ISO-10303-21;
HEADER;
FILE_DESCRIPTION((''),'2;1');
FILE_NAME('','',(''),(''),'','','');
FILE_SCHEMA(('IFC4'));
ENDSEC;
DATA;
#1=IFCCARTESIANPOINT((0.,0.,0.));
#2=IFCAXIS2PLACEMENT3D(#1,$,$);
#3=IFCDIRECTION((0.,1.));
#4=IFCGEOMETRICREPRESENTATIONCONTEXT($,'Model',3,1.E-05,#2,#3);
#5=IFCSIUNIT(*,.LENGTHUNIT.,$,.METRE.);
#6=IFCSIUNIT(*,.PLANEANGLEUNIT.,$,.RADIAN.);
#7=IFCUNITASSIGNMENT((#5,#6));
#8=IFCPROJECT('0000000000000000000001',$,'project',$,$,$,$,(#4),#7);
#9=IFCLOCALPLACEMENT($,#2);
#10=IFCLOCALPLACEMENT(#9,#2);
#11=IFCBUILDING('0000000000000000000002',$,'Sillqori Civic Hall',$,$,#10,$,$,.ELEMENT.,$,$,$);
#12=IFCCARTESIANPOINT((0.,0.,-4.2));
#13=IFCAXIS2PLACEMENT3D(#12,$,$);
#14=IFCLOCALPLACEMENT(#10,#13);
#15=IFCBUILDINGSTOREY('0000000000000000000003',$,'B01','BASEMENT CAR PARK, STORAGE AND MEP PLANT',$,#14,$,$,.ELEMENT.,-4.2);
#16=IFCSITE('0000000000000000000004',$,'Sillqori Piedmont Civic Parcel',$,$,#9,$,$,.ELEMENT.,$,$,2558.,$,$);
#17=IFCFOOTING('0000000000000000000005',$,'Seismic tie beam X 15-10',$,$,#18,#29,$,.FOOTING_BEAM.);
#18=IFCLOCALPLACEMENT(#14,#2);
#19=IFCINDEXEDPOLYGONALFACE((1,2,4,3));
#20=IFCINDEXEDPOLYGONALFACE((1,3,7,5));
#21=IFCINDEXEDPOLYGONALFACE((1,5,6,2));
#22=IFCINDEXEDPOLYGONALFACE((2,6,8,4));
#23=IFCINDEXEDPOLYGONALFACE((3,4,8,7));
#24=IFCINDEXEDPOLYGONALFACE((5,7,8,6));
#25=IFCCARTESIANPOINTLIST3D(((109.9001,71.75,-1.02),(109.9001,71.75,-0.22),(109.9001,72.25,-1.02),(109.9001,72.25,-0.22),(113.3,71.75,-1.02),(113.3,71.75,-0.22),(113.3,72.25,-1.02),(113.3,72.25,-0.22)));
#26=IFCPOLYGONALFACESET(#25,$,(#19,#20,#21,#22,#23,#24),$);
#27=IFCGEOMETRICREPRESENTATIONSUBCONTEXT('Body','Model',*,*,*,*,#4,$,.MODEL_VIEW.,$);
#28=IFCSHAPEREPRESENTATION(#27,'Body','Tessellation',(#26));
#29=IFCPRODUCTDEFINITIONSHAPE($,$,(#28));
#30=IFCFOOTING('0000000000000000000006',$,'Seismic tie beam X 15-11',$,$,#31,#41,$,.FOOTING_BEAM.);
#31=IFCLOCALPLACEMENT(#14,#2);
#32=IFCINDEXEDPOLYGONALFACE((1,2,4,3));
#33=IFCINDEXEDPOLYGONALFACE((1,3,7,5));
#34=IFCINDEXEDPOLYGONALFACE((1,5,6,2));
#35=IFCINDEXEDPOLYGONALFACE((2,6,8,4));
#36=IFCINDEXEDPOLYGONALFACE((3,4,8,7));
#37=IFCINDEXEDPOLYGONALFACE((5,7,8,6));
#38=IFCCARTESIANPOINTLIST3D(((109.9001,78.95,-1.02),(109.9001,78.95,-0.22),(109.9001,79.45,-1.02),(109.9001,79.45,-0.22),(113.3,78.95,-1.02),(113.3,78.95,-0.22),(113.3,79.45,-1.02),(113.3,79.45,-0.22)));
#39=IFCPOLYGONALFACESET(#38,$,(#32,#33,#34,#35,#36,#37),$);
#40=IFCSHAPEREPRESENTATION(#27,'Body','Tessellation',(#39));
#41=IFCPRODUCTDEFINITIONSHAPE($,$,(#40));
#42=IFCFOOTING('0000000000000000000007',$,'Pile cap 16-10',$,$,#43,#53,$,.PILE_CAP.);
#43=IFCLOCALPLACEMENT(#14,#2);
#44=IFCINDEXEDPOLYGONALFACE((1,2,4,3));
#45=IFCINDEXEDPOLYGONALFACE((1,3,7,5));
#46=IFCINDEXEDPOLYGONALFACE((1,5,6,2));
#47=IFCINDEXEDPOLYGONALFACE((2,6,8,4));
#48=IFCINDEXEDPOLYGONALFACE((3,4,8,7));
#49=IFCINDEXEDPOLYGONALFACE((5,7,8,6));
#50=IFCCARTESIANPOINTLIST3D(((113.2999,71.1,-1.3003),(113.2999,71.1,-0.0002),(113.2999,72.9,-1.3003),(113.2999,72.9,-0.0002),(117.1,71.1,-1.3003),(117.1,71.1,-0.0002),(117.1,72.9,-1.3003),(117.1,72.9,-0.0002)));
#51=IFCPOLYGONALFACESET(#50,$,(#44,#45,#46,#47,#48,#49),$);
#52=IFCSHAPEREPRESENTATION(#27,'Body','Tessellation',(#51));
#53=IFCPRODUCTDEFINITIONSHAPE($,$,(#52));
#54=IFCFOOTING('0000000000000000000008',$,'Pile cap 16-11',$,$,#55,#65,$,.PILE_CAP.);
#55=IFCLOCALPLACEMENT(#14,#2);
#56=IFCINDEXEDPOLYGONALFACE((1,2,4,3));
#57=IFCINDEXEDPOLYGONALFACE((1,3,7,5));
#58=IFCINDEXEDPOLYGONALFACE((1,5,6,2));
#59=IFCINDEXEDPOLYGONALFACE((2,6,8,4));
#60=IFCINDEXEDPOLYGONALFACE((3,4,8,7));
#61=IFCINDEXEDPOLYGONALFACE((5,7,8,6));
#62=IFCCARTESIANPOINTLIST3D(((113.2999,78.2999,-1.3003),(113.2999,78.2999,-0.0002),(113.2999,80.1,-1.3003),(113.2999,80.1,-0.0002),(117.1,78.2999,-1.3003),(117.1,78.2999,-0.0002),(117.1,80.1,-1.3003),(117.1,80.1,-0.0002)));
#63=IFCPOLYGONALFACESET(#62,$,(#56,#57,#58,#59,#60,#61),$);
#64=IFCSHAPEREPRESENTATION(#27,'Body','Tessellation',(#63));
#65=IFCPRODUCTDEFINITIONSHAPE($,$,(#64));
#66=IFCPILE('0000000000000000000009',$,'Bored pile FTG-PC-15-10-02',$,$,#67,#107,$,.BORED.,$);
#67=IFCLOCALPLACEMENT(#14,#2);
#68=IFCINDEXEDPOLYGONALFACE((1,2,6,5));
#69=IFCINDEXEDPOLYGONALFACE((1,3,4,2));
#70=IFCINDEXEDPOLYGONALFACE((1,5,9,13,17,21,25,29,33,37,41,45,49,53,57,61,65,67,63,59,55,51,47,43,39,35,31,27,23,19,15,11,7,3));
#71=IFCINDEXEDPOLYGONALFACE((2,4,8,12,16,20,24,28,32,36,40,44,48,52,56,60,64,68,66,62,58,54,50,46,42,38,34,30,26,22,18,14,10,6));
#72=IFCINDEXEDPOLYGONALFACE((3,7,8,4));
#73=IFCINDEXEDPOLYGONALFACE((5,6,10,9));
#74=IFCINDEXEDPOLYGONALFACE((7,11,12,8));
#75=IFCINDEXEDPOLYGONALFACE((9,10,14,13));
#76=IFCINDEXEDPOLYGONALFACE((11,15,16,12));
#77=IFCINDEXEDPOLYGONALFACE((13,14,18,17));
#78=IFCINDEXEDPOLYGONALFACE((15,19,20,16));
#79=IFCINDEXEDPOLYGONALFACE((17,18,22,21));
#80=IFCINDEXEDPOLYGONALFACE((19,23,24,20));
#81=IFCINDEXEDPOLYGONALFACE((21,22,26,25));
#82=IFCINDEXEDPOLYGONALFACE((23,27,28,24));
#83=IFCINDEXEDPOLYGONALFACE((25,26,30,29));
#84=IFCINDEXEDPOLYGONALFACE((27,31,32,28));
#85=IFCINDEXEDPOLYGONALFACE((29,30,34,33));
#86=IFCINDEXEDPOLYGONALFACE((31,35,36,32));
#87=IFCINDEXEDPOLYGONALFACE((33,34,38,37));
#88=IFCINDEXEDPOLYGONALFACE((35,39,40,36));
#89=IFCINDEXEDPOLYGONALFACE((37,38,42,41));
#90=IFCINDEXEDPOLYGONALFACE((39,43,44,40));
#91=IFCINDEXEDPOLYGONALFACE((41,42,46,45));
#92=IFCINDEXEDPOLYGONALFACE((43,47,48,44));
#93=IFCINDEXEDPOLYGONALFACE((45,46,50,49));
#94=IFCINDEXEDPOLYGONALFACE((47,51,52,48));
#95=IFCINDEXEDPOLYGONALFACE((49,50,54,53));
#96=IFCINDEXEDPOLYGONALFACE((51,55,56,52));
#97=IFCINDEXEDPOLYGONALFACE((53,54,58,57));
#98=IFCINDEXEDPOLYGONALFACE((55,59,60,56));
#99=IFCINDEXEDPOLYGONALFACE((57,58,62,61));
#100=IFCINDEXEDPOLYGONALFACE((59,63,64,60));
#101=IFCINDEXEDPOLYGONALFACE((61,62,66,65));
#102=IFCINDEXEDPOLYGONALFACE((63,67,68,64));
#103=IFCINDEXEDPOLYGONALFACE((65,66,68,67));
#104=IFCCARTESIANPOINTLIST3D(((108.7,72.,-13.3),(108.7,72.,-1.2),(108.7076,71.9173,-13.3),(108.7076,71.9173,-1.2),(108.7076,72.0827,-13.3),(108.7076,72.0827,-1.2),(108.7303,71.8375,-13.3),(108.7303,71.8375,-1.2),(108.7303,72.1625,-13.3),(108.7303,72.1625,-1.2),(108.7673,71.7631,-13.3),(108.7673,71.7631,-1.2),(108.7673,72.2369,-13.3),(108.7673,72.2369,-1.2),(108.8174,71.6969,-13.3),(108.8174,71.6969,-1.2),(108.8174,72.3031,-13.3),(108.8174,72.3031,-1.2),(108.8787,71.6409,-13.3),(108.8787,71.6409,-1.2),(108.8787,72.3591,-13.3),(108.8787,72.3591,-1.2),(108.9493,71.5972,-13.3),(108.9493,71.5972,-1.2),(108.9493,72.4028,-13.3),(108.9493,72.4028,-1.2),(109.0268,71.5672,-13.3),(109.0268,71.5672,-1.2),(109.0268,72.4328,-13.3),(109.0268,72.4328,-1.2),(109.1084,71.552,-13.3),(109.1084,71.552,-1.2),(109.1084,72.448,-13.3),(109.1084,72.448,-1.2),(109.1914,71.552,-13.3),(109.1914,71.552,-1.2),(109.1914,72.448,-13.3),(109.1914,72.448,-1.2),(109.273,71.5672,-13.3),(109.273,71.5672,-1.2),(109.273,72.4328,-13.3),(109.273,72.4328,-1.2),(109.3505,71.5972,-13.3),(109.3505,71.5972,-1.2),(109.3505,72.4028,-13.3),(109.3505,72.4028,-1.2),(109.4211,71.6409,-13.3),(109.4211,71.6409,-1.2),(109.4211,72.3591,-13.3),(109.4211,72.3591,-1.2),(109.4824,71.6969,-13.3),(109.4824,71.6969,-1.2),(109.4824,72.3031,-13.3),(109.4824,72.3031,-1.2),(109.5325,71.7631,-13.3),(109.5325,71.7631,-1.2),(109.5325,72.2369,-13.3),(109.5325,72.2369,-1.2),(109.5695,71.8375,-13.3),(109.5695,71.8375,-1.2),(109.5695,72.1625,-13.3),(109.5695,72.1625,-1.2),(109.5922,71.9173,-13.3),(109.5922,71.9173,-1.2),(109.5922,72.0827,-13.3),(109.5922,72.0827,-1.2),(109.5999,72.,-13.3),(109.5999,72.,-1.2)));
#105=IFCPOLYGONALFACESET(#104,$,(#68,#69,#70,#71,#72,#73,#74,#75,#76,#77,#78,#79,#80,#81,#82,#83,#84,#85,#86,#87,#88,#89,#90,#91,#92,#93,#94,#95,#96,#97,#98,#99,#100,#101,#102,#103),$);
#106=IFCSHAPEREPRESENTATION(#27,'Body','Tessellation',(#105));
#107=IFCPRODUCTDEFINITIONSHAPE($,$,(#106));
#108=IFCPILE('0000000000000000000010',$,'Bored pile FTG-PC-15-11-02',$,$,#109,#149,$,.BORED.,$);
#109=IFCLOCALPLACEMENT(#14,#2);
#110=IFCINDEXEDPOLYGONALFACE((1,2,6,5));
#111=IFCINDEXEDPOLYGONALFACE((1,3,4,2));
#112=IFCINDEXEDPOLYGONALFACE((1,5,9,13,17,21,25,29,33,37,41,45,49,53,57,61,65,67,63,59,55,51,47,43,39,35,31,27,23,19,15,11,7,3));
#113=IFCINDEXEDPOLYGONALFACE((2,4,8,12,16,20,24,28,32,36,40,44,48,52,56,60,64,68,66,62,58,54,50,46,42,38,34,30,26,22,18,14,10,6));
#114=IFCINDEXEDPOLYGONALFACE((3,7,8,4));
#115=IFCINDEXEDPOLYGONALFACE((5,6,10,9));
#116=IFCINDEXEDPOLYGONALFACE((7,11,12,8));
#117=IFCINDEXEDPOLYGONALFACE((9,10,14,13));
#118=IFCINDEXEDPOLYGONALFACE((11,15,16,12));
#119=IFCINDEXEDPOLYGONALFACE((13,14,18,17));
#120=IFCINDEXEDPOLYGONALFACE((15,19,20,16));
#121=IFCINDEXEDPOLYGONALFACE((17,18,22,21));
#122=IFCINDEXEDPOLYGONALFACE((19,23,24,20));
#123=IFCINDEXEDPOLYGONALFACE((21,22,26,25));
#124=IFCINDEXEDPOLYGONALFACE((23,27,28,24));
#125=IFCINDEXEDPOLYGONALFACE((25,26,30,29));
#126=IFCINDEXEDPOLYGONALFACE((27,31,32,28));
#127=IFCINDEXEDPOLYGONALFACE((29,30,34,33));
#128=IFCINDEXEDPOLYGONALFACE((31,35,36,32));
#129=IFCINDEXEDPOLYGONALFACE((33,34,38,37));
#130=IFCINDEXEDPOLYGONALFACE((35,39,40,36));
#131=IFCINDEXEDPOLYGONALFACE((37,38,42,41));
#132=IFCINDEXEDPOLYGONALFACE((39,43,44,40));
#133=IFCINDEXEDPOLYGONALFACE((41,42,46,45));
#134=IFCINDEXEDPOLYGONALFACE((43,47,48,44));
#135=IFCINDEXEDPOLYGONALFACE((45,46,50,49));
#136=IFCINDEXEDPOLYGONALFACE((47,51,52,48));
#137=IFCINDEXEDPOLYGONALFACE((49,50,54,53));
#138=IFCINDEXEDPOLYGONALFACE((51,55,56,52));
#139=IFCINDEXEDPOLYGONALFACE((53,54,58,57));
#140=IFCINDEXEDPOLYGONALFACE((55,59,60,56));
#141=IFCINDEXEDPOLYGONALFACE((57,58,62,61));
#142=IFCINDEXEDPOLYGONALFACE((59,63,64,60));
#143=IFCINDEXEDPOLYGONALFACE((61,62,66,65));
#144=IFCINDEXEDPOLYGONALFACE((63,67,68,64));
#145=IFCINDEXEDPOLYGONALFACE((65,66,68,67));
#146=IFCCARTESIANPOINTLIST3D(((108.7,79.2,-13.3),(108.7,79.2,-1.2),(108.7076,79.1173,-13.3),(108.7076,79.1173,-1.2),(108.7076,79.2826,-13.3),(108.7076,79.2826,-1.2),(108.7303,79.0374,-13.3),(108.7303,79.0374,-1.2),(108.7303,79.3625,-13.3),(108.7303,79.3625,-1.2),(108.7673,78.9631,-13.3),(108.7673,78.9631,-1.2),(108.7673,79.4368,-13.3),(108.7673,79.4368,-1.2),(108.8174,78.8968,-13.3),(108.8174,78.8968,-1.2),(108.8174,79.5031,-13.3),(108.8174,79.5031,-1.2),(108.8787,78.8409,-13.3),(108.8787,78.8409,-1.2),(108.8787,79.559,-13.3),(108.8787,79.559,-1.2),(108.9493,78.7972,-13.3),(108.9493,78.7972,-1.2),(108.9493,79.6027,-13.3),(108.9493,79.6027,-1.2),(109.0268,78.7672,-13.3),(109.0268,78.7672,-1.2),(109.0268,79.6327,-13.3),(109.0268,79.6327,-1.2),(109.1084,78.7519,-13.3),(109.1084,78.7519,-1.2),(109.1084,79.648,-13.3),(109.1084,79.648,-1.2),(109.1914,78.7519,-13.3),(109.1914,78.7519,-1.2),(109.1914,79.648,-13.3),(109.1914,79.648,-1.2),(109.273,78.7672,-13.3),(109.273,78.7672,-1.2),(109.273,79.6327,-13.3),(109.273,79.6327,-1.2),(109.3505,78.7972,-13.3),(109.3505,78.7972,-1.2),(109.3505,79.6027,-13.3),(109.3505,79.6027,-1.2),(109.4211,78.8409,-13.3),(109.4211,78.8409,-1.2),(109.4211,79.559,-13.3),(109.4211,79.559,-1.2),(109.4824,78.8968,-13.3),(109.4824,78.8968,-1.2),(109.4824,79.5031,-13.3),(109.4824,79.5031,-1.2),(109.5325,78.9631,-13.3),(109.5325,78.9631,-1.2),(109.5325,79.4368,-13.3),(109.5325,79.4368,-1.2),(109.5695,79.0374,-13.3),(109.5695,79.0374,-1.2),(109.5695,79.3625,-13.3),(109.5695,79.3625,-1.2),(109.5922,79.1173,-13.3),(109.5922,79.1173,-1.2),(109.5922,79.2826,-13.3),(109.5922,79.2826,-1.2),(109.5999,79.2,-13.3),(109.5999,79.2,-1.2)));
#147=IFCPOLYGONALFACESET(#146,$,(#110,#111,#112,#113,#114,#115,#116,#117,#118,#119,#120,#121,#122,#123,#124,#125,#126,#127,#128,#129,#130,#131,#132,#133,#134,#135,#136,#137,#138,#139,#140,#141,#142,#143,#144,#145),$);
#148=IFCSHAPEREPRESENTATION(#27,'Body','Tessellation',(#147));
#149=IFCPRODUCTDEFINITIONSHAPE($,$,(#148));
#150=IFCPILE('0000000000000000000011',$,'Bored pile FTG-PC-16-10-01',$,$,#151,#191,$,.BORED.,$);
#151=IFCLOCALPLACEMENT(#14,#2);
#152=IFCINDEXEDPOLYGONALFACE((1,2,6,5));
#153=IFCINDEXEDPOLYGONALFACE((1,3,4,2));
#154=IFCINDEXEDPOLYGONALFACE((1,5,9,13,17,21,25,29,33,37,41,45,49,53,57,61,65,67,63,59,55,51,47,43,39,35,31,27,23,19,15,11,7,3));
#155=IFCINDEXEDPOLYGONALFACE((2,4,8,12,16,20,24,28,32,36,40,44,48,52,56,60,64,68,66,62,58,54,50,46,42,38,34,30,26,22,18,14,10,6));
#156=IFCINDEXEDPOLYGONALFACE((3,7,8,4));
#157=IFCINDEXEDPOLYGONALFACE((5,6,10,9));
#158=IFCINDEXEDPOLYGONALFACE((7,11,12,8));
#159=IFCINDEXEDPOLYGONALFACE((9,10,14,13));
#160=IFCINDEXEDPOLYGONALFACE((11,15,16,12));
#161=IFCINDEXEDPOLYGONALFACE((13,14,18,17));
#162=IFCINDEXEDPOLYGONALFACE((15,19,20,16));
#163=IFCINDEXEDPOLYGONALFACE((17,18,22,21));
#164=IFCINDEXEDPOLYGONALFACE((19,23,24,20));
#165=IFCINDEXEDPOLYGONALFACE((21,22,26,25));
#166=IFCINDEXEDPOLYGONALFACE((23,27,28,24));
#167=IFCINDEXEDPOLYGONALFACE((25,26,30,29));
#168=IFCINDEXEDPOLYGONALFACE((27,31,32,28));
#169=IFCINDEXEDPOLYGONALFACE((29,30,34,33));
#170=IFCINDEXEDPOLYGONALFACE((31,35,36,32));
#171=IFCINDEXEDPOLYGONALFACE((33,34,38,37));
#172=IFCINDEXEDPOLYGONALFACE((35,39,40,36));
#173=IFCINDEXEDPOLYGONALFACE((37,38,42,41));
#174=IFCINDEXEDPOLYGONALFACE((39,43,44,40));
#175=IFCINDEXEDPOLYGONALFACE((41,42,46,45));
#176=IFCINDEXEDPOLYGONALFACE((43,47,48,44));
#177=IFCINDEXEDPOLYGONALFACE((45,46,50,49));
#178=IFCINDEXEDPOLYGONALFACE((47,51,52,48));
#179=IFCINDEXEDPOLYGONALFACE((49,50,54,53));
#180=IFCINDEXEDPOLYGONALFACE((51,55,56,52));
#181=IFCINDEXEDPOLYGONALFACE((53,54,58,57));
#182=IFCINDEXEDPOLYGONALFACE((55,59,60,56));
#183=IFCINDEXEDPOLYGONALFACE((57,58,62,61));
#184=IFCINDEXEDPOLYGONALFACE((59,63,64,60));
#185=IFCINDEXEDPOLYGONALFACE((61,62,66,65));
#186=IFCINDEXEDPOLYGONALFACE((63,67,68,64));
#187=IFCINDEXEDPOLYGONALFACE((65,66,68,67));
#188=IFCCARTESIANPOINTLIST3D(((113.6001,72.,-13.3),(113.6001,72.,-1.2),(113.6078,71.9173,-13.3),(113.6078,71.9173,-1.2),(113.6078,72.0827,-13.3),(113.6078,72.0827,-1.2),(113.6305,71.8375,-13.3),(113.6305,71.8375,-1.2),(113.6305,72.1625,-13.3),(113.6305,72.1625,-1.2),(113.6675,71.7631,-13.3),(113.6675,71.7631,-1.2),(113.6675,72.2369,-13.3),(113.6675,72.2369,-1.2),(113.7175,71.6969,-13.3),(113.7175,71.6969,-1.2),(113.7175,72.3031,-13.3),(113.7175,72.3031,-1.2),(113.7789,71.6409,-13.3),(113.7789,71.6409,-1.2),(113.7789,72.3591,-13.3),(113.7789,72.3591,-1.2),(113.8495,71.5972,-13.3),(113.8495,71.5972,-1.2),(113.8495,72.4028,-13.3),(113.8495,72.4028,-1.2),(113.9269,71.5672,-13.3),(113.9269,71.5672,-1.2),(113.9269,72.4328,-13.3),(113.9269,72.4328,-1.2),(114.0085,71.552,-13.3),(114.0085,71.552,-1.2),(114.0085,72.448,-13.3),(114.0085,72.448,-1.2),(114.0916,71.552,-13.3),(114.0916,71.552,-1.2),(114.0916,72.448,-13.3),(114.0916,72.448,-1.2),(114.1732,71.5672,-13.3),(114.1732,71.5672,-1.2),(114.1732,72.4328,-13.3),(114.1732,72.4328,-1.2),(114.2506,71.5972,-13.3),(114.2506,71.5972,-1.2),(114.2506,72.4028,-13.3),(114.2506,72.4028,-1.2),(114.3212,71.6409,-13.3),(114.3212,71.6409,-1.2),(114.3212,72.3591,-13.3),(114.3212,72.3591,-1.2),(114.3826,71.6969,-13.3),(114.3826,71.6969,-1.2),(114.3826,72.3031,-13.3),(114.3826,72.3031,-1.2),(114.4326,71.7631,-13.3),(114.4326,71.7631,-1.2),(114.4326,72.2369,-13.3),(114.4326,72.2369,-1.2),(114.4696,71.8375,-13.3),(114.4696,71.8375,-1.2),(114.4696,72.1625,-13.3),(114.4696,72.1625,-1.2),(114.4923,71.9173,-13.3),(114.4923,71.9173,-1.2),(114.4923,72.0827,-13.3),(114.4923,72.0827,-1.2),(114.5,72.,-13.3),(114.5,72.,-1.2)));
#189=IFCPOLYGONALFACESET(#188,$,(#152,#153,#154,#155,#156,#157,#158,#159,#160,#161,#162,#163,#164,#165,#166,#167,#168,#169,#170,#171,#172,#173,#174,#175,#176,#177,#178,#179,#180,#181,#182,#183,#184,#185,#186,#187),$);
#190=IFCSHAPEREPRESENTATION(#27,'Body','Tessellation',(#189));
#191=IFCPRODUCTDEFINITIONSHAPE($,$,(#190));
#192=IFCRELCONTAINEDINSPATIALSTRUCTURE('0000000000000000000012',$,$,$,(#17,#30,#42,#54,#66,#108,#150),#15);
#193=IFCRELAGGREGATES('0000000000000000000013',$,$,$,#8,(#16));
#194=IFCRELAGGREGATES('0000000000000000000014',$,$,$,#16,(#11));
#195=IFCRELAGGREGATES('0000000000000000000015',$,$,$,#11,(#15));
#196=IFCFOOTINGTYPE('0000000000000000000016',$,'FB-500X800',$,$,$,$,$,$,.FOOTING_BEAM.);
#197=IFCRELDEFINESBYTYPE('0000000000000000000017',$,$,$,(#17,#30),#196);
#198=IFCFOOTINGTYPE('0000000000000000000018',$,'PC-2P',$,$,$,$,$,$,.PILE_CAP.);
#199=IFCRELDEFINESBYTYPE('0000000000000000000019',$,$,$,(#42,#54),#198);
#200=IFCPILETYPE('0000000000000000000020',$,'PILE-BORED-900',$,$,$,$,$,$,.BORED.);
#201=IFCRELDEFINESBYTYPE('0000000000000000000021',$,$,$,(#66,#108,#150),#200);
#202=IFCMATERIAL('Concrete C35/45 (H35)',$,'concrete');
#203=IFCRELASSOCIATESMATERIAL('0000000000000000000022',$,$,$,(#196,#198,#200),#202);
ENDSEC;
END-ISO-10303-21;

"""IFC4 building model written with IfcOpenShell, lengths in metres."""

from ifc_helpers import new_model, si_unit, direction, frame, origin, origin_2d, place, context, subcontext, project, spatial, rectangle, circle, extrude, material, material_profile, profile_set, type_object, element, save


model = new_model("IFC4")

# Units and contexts
model_context = context("Model", 3, precision=1e-05, world=origin(), true_north=direction((0.0, 1.0)))
body_context = subcontext(model_context, "Body", "Model", "MODEL_VIEW")
ifc_project = project(units=[si_unit("LENGTHUNIT", "METRE"), si_unit("PLANEANGLEUNIT", "RADIAN")], contexts=[model_context])

# Site, building, storey
site_placement = place(None, origin())
site = spatial("IfcSite", under=ifc_project, at=site_placement, Name="Sillqori Piedmont Civic Parcel", CompositionType="ELEMENT", RefElevation=2558.0)
building_placement = place(site_placement, origin())
building = spatial("IfcBuilding", under=site, at=building_placement, Name="Sillqori Civic Hall", CompositionType="ELEMENT")
storey_placement = place(building_placement, frame((0.0, 0.0, -4.2)))
storey = spatial("IfcBuildingStorey", under=building, at=storey_placement, Name="B01", Description="BASEMENT CAR PARK, STORAGE AND MEP PLANT", CompositionType="ELEMENT", Elevation=-4.2)

# Footings
ifc_material_1 = material(Name="Concrete C35/45 (H35)", Category="concrete")
footing_type_1 = type_object("IfcFootingType", Name="FB-500X800", PredefinedType="FOOTING_BEAM", material=ifc_material_1)
for number, where, z_axis, x_axis, name in (
    (1, (111.6001, 72.0, -1.02), (0.0, 0.0, 1.0), (1.0, 0.0, 0.0), "Seismic tie beam X 15-10"),
    (2, (111.6001, 79.2, -1.02), (0.0, 0.0, 1.0), (1.0, 0.0, 0.0), "Seismic tie beam X 15-11"),
):
    element("IfcFooting", number, at=place(storey_placement, frame(where, z_axis=z_axis, x_axis=x_axis)), inside=storey, type_object=footing_type_1, Name=name, PredefinedType="FOOTING_BEAM", context=body_context, shape_type="SweptSolid", body=[
        extrude(rectangle(XDim=3.3999, YDim=0.5, at=origin_2d()), origin(), (0.0, 0.0, 1.0), 0.8),
    ])
footing_type_2 = type_object("IfcFootingType", Name="PC-2P", PredefinedType="PILE_CAP", material=ifc_material_1)
for number, where, z_axis, x_axis, name in (
    (3, (115.2, 72.0, -1.3003), (0.0, 0.0, 1.0), (1.0, 0.0, 0.0), "Pile cap 16-10"),
    (4, (115.2, 79.2, -1.3003), (0.0, 0.0, 1.0), (1.0, 0.0, 0.0), "Pile cap 16-11"),
):
    element("IfcFooting", number, at=place(storey_placement, frame(where, z_axis=z_axis, x_axis=x_axis)), inside=storey, type_object=footing_type_2, Name=name, PredefinedType="PILE_CAP", context=body_context, shape_type="SweptSolid", body=[
        extrude(rectangle(XDim=3.8, YDim=1.8, at=origin_2d()), origin(), (0.0, 0.0, 1.0), 1.3),
    ])

# Piles
ifc_material_profile_1 = material_profile(ifc_material_1, circle(Radius=0.45, at=origin_2d()), Name="BORED PILE 900")
ifc_profile_set_1 = profile_set([ifc_material_profile_1], Name="Concrete C35/45 (H35)")
pile_type = type_object("IfcPileType", Name="PILE-BORED-900", PredefinedType="BORED", material=ifc_profile_set_1)
for number, where, z_axis, x_axis, name in (
    (5, (109.1499, 72.0, -1.2), (0.0, 0.0, -1.0), (1.0, 0.0, 0.0), "Bored pile FTG-PC-15-10-02"),
    (6, (109.1499, 79.2, -1.2), (0.0, 0.0, -1.0), (1.0, 0.0, 0.0), "Bored pile FTG-PC-15-11-02"),
    (7, (114.05, 72.0, -1.2), (0.0, 0.0, -1.0), (1.0, 0.0, 0.0), "Bored pile FTG-PC-16-10-01"),
):
    element("IfcPile", number, at=place(storey_placement, frame(where, z_axis=z_axis, x_axis=x_axis)), inside=storey, type_object=pile_type, Name=name, PredefinedType="BORED", context=body_context, shape_type="SweptSolid", body=[
        extrude(circle(Radius=0.45, at=origin_2d()), origin(), (0.0, 0.0, 1.0), 12.1001),
    ])

save(model, "model.ifc")
